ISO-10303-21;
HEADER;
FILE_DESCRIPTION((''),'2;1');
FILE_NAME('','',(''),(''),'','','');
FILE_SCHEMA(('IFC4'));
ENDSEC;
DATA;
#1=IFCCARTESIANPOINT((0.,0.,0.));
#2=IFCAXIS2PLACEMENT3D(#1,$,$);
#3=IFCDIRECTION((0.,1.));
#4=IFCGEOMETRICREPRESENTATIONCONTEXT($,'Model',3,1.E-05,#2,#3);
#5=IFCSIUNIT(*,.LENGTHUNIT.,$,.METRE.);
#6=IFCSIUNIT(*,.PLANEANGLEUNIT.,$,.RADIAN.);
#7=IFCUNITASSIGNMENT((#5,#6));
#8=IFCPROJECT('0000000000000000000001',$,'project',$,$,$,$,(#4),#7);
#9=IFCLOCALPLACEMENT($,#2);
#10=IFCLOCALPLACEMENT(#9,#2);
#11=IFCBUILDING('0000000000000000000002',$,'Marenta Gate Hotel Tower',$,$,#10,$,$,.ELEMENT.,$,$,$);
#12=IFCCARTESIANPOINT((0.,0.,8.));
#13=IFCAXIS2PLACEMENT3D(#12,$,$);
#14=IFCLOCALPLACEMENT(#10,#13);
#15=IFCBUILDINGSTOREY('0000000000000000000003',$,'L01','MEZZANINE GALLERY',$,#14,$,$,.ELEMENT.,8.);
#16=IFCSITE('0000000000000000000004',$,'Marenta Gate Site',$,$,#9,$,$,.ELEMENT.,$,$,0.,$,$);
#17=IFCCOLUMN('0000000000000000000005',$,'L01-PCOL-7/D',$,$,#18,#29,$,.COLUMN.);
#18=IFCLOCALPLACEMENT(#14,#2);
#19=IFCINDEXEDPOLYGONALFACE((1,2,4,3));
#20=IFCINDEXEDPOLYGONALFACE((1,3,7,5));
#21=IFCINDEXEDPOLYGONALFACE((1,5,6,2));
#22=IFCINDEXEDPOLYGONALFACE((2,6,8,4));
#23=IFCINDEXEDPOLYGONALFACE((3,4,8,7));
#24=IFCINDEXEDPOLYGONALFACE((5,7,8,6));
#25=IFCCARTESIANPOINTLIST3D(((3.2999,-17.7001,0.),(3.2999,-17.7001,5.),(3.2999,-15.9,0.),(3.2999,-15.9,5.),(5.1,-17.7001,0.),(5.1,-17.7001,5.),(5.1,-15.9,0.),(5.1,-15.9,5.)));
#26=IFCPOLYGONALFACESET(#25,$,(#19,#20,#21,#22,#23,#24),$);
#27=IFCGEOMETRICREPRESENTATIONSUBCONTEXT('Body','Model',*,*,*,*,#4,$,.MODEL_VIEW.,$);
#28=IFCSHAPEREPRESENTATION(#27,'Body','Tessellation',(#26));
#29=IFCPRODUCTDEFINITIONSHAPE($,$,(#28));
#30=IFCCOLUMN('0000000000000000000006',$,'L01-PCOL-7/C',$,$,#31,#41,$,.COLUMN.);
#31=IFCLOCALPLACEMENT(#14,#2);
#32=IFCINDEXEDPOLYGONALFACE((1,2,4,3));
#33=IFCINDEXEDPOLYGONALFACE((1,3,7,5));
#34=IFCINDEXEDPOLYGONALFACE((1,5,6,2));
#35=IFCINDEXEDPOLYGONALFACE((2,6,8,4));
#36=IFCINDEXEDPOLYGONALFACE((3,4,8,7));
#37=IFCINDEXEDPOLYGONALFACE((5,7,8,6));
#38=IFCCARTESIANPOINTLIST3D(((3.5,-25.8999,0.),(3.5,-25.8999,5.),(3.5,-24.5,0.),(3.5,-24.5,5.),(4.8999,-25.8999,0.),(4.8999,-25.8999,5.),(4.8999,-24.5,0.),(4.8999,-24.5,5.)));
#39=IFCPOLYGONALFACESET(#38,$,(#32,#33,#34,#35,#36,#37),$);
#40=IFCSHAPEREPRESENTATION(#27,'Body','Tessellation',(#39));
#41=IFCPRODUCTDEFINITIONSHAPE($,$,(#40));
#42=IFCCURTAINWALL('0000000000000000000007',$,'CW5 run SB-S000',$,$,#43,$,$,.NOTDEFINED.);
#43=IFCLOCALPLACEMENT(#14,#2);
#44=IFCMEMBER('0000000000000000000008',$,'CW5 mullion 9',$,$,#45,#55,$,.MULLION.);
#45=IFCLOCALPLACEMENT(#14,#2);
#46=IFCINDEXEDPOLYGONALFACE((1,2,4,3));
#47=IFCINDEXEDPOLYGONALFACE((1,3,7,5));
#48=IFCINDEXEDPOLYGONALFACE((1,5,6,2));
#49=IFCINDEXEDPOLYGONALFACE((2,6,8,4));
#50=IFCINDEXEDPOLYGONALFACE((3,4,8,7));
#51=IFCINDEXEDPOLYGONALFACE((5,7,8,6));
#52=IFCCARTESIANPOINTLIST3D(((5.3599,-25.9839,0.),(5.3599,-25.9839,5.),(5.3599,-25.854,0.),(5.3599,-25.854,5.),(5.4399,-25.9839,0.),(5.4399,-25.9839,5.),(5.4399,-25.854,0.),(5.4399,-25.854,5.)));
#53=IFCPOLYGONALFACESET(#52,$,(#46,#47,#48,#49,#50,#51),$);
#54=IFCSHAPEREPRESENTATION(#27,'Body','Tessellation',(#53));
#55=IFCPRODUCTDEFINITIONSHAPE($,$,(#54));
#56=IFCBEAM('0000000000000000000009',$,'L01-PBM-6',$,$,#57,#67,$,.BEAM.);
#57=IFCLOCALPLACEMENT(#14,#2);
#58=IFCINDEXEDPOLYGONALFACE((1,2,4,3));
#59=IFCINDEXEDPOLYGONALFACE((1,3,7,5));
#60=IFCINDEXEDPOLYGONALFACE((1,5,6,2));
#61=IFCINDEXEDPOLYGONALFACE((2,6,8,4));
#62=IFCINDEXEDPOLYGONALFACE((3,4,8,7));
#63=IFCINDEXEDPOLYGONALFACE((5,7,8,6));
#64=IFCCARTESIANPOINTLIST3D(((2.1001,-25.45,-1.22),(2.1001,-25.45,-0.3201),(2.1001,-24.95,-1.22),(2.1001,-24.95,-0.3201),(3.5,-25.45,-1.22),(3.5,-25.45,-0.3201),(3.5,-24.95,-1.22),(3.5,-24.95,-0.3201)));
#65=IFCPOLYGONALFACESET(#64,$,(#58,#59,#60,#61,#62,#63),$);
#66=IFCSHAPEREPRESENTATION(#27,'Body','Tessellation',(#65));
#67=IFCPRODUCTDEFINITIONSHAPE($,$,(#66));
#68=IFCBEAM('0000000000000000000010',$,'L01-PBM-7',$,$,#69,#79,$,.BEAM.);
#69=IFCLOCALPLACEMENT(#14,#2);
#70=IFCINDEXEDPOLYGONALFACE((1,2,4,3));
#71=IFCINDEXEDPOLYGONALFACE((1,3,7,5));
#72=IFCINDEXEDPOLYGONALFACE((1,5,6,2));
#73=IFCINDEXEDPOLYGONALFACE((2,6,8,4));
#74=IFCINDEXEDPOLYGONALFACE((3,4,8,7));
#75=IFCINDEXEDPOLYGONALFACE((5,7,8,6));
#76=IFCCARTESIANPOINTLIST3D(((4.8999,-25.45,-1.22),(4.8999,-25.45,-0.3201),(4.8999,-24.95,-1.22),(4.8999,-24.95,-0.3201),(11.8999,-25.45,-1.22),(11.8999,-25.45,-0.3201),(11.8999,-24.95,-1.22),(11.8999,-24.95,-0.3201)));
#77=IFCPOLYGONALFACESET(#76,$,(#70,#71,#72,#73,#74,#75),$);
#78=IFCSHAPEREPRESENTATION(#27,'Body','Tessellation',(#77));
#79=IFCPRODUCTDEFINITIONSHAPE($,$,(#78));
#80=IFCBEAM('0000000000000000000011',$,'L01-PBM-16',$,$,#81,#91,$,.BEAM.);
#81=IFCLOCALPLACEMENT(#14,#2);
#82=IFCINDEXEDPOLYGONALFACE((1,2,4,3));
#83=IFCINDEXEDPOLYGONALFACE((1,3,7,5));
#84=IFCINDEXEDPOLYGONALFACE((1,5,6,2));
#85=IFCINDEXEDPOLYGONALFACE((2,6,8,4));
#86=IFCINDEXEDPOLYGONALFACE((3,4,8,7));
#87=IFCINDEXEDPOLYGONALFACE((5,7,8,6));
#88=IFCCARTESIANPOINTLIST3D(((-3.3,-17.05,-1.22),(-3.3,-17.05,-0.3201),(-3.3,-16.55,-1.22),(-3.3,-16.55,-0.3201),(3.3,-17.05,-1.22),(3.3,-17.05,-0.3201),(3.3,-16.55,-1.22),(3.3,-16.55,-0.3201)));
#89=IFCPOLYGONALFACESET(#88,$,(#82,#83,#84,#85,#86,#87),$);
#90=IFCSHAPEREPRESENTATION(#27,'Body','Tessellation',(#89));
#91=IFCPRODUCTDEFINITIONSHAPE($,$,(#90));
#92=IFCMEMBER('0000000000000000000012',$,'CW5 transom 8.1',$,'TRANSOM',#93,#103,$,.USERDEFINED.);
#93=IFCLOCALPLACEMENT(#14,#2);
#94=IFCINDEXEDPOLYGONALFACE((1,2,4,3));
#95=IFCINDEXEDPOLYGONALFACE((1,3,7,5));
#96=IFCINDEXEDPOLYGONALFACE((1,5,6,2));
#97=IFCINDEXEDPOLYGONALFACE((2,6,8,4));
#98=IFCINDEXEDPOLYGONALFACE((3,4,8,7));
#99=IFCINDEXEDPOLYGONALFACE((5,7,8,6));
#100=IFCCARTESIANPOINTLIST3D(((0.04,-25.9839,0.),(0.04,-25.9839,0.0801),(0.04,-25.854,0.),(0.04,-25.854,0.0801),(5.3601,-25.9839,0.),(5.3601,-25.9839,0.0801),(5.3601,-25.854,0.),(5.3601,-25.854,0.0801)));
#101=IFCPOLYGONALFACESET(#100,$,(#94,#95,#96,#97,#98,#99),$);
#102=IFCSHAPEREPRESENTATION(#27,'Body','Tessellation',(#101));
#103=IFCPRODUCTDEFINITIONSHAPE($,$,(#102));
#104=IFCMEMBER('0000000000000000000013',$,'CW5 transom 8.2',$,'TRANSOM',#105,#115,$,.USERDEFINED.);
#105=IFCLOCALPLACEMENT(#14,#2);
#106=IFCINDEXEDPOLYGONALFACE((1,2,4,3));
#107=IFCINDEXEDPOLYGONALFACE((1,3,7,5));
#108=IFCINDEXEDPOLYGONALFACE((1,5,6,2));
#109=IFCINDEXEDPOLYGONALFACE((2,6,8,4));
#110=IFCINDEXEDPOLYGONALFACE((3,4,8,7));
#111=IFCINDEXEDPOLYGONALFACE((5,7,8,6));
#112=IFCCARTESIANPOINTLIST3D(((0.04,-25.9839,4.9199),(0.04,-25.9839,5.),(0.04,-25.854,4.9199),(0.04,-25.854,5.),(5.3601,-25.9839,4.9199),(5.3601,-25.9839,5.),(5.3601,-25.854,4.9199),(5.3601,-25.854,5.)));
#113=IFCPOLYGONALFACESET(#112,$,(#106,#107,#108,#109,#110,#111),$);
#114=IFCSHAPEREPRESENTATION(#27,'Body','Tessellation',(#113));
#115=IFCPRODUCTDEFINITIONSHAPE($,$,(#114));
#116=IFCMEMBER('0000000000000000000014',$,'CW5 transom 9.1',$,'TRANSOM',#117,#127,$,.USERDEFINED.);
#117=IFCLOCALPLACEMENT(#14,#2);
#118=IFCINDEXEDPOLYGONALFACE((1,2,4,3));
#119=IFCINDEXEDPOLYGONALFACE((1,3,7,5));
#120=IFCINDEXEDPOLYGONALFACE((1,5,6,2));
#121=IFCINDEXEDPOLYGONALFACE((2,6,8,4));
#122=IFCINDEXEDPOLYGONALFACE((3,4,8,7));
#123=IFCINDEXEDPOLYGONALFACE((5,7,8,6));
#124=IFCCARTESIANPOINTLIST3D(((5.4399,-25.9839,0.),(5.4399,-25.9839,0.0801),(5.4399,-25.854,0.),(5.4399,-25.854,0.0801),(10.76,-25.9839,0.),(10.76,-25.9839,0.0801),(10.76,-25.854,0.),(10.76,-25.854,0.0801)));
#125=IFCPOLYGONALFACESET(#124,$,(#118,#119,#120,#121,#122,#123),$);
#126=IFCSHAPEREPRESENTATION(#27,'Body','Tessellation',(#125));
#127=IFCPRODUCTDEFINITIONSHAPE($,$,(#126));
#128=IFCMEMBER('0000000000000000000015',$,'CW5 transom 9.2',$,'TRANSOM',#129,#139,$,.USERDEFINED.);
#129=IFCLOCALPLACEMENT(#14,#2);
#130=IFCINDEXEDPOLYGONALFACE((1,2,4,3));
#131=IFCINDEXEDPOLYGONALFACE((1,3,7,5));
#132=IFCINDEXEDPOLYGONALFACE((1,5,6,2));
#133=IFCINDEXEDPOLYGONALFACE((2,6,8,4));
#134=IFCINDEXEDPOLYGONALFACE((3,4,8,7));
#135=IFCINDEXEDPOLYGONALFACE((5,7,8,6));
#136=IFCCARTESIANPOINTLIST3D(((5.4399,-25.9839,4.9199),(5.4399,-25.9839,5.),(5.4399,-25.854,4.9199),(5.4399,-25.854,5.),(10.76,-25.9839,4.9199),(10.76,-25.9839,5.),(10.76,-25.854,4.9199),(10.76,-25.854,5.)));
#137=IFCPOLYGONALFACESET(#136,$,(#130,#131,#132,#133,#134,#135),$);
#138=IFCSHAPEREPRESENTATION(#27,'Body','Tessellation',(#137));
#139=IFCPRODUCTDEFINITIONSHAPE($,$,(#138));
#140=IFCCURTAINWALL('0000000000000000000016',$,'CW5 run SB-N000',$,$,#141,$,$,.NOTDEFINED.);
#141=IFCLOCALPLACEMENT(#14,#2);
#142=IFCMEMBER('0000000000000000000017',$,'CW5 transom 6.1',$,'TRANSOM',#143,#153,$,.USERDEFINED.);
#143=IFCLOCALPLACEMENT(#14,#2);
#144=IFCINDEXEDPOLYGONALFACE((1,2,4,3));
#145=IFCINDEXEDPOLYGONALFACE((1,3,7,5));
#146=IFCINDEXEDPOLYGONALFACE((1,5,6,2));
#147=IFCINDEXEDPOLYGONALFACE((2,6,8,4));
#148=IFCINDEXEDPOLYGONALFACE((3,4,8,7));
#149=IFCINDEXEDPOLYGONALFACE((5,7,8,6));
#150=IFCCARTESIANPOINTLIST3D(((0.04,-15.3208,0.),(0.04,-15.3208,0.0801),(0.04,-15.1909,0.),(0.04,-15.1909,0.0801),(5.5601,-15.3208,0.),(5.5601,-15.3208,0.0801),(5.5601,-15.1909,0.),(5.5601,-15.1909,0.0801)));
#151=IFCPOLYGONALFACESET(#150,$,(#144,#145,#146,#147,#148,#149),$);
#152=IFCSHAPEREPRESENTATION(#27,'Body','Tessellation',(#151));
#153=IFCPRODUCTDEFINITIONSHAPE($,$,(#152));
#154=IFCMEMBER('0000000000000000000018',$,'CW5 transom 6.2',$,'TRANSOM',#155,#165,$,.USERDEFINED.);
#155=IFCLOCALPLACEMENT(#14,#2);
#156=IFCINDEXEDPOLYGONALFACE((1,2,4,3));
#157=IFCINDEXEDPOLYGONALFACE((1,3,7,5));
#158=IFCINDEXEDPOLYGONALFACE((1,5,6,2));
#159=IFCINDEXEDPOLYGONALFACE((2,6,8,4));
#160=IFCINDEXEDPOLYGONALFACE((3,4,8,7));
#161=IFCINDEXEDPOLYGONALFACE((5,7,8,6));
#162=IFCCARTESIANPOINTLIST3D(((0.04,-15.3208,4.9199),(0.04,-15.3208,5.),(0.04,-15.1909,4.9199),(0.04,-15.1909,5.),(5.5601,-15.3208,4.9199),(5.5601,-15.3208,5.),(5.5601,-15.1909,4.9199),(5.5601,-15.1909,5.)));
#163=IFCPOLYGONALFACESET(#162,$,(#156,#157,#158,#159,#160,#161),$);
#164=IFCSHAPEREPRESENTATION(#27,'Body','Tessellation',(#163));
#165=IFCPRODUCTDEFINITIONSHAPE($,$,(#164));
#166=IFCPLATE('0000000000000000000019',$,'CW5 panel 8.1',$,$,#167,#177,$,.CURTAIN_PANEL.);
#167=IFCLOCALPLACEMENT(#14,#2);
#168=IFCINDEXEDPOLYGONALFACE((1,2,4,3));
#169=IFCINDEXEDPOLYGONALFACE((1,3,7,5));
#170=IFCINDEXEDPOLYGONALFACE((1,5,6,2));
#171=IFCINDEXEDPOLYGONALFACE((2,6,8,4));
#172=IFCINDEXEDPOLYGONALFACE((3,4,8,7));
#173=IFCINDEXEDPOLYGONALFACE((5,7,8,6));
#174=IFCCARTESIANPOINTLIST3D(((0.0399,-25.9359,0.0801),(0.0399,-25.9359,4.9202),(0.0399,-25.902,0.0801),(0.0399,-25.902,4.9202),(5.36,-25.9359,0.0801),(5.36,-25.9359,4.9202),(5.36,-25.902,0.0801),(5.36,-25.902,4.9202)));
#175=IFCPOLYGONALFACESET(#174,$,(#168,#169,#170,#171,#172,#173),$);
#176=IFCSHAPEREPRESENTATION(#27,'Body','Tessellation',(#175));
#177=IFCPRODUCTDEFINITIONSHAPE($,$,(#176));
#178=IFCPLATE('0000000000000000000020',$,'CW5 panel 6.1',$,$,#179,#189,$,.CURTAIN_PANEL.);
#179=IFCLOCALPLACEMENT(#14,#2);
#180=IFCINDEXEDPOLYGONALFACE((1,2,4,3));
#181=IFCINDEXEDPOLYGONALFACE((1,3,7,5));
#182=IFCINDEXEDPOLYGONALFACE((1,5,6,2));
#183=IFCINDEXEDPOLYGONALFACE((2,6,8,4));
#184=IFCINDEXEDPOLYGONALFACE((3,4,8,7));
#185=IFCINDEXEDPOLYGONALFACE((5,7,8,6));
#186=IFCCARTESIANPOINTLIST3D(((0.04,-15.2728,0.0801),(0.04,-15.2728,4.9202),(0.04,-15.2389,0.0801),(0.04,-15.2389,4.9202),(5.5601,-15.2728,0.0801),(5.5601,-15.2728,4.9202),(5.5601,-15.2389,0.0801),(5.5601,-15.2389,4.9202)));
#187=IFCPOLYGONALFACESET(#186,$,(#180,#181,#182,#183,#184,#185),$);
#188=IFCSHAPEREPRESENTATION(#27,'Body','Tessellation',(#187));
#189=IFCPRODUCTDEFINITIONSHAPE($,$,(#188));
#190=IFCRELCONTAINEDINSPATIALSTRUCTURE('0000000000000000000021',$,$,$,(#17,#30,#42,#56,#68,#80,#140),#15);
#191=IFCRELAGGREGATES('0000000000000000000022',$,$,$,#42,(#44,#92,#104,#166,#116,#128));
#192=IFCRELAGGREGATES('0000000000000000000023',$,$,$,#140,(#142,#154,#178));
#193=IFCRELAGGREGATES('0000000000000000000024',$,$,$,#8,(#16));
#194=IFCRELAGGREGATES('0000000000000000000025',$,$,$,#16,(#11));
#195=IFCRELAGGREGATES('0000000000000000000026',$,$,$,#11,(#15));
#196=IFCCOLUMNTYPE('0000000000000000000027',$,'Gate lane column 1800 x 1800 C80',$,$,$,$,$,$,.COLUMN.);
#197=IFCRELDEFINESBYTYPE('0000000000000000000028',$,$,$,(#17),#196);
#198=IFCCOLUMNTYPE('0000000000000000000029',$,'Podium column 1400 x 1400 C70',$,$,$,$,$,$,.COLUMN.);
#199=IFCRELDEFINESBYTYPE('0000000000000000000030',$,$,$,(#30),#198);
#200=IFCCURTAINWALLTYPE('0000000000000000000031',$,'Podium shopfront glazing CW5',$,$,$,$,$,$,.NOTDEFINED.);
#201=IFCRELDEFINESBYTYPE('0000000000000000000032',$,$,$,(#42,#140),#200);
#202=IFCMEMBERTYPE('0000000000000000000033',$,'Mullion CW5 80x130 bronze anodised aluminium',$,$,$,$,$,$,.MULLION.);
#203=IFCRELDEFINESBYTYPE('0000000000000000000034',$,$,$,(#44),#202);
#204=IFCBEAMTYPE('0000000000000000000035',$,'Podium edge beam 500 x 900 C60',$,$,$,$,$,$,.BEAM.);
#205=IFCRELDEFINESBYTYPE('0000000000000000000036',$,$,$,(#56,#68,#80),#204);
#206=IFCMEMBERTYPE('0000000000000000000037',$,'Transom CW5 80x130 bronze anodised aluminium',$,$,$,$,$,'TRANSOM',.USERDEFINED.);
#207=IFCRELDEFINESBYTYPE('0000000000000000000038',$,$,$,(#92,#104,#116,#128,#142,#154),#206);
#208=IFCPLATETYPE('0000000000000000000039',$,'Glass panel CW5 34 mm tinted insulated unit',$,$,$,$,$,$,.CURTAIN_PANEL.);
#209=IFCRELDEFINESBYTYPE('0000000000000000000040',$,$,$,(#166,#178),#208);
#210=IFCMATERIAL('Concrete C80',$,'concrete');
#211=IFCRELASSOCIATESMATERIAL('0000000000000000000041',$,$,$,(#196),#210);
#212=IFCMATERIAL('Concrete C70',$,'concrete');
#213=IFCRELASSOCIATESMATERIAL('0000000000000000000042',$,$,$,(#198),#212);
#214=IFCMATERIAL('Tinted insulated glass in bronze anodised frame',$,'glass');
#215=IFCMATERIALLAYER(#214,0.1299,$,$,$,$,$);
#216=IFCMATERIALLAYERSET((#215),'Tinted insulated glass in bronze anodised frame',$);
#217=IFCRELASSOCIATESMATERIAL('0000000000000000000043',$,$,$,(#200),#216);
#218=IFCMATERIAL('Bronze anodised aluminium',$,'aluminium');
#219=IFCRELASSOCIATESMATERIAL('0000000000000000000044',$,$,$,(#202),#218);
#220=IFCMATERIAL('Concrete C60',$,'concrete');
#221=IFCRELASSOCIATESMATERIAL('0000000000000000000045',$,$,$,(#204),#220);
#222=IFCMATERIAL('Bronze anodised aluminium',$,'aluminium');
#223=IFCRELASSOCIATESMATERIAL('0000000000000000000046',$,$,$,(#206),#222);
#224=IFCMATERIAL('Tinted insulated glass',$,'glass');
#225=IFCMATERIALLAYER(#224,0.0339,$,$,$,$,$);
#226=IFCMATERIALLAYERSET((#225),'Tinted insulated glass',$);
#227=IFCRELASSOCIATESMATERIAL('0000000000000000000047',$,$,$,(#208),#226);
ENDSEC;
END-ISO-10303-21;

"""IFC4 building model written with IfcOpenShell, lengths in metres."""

from ifc_helpers import new_model, si_unit, direction, frame, origin, origin_2d, place, context, subcontext, project, spatial, rectangle, extrude, material, layer, layer_set, material_profile, profile_set, type_object, element, aggregate, save


model = new_model("IFC4")

# Units and contexts
model_context = context("Model", 3, precision=1e-05, world=origin(), true_north=direction((0.0, 1.0)))
body_context = subcontext(model_context, "Body", "Model", "MODEL_VIEW")
ifc_project = project(units=[si_unit("LENGTHUNIT", "METRE"), si_unit("PLANEANGLEUNIT", "RADIAN")], contexts=[model_context])

# Site, building, storey
site_placement = place(None, origin())
site = spatial("IfcSite", under=ifc_project, at=site_placement, Name="Marenta Gate Site", CompositionType="ELEMENT", RefElevation=0.0)
building_placement = place(site_placement, origin())
building = spatial("IfcBuilding", under=site, at=building_placement, Name="Marenta Gate Hotel Tower", CompositionType="ELEMENT")
storey_placement = place(building_placement, frame((0.0, 0.0, 8.0)))
storey = spatial("IfcBuildingStorey", under=building, at=storey_placement, Name="L01", Description="MEZZANINE GALLERY", CompositionType="ELEMENT", Elevation=8.0)

# Columns
ifc_material_1 = material(Name="Concrete C80", Category="concrete")
ifc_material_profile_1 = material_profile(ifc_material_1, rectangle(XDim=1.8, YDim=1.8, at=origin_2d()), Name="1800 x 1800")
ifc_profile_set_1 = profile_set([ifc_material_profile_1], Name="Concrete C80")
column_type_1 = type_object("IfcColumnType", Name="Gate lane column 1800 x 1800 C80", PredefinedType="COLUMN", material=ifc_profile_set_1)
column_1_placement = place(storey_placement, frame((4.2, -16.8, 0.0), z_axis=(0.0, 0.0, 1.0), x_axis=(1.0, 0.0, 0.0)))
element("IfcColumn", 1, at=column_1_placement, inside=storey, type_object=column_type_1, Name="L01-PCOL-7/D", PredefinedType="COLUMN", context=body_context, shape_type="SweptSolid", body=[
    extrude(rectangle(XDim=1.8, YDim=1.8, at=origin_2d()), origin(), (0.0, 0.0, 1.0), 5.0),
])
ifc_material_2 = material(Name="Concrete C70", Category="concrete")
ifc_material_profile_2 = material_profile(ifc_material_2, rectangle(XDim=1.3999, YDim=1.3999, at=origin_2d()), Name="1400 x 1400")
ifc_profile_set_2 = profile_set([ifc_material_profile_2], Name="Concrete C70")
column_type_2 = type_object("IfcColumnType", Name="Podium column 1400 x 1400 C70", PredefinedType="COLUMN", material=ifc_profile_set_2)
column_2_placement = place(storey_placement, frame((4.2, -25.2, 0.0), z_axis=(0.0, 0.0, 1.0), x_axis=(1.0, 0.0, 0.0)))
element("IfcColumn", 2, at=column_2_placement, inside=storey, type_object=column_type_2, Name="L01-PCOL-7/C", PredefinedType="COLUMN", context=body_context, shape_type="SweptSolid", body=[
    extrude(rectangle(XDim=1.3999, YDim=1.3999, at=origin_2d()), origin(), (0.0, 0.0, 1.0), 5.0),
])

# Curtain wall, member
ifc_material_3 = material(Name="Tinted insulated glass in bronze anodised frame", Category="glass")
ifc_layer_1 = layer(ifc_material_3, 0.1299)
ifc_layer_set_1 = layer_set([ifc_layer_1], Name="Tinted insulated glass in bronze anodised frame")
curtain_wall_type = type_object("IfcCurtainWallType", Name="Podium shopfront glazing CW5", PredefinedType="NOTDEFINED", material=ifc_layer_set_1)
curtain_wall_1_placement = place(storey_placement, origin())
curtain_wall_1 = element("IfcCurtainWall", 3, at=curtain_wall_1_placement, inside=storey, type_object=curtain_wall_type, Name="CW5 run SB-S000", PredefinedType="NOTDEFINED")
ifc_material_4 = material(Name="Bronze anodised aluminium", Category="aluminium")
ifc_material_profile_3 = material_profile(ifc_material_4, rectangle(XDim=0.1299, YDim=0.0801, at=origin_2d()), Name="Mullion CW5 80x130 bronze anodised aluminium")
ifc_profile_set_3 = profile_set([ifc_material_profile_3], Name="Bronze anodised aluminium")
member_type_1 = type_object("IfcMemberType", Name="Mullion CW5 80x130 bronze anodised aluminium", PredefinedType="MULLION", material=ifc_profile_set_3)
member_1_placement = place(storey_placement, frame((5.3999, -25.9189, 0.0), z_axis=(0.0, 0.0, 1.0), x_axis=(0.0, 1.0, 0.0)))
member_1 = element("IfcMember", 4, at=member_1_placement, type_object=member_type_1, Name="CW5 mullion 9", PredefinedType="MULLION", context=body_context, shape_type="SweptSolid", body=[
    extrude(rectangle(XDim=0.1299, YDim=0.0801, at=origin_2d()), origin(), (0.0, 0.0, 1.0), 5.0),
])

# Beams
ifc_material_5 = material(Name="Concrete C60", Category="concrete")
ifc_material_profile_4 = material_profile(ifc_material_5, rectangle(XDim=0.5, YDim=0.8999, at=origin_2d()), Name="500 x 900")
ifc_profile_set_4 = profile_set([ifc_material_profile_4], Name="Concrete C60")
beam_type = type_object("IfcBeamType", Name="Podium edge beam 500 x 900 C60", PredefinedType="BEAM", material=ifc_profile_set_4)
beam_1_placement = place(storey_placement, frame((2.1001, -25.2, -0.77), z_axis=(1.0, 0.0, 0.0), x_axis=(0.0, 1.0, 0.0)))
element("IfcBeam", 5, at=beam_1_placement, inside=storey, type_object=beam_type, Name="L01-PBM-6", PredefinedType="BEAM", context=body_context, shape_type="SweptSolid", body=[
    extrude(rectangle(XDim=0.5, YDim=0.8999, at=origin_2d()), origin(), (0.0, 0.0, 1.0), 1.3999),
])
beam_2_placement = place(storey_placement, frame((4.8999, -25.2, -0.77), z_axis=(1.0, 0.0, 0.0), x_axis=(0.0, 1.0, 0.0)))
element("IfcBeam", 6, at=beam_2_placement, inside=storey, type_object=beam_type, Name="L01-PBM-7", PredefinedType="BEAM", context=body_context, shape_type="SweptSolid", body=[
    extrude(rectangle(XDim=0.5, YDim=0.8999, at=origin_2d()), origin(), (0.0, 0.0, 1.0), 7.0),
])
beam_3_placement = place(storey_placement, frame((3.3, -16.8, -0.77), z_axis=(-1.0, 0.0, 0.0), x_axis=(0.0, -1.0, 0.0)))
element("IfcBeam", 7, at=beam_3_placement, inside=storey, type_object=beam_type, Name="L01-PBM-16", PredefinedType="BEAM", context=body_context, shape_type="SweptSolid", body=[
    extrude(rectangle(XDim=0.5, YDim=0.8999, at=origin_2d()), origin(), (0.0, 0.0, 1.0), 6.6001),
])

# Members
ifc_material_6 = material(Name="Bronze anodised aluminium", Category="aluminium")
ifc_material_profile_5 = material_profile(ifc_material_6, rectangle(XDim=0.1299, YDim=0.0801, at=origin_2d()), Name="Transom CW5 80x130 bronze anodised aluminium")
ifc_profile_set_5 = profile_set([ifc_material_profile_5], Name="Bronze anodised aluminium")
member_type_2 = type_object("IfcMemberType", Name="Transom CW5 80x130 bronze anodised aluminium", ElementType="TRANSOM", PredefinedType="USERDEFINED", material=ifc_profile_set_5)
member_2_placement = place(storey_placement, frame((0.04, -25.9189, 0.04), z_axis=(1.0, 0.0, 0.0), x_axis=(0.0, 1.0, 0.0)))
member_2 = element("IfcMember", 8, at=member_2_placement, type_object=member_type_2, Name="CW5 transom 8.1", ObjectType="TRANSOM", PredefinedType="USERDEFINED", context=body_context, shape_type="SweptSolid", body=[
    extrude(rectangle(XDim=0.1299, YDim=0.0801, at=origin_2d()), origin(), (0.0, 0.0, 1.0), 5.3201),
])
member_3_placement = place(storey_placement, frame((0.04, -25.9189, 4.96), z_axis=(1.0, 0.0, 0.0), x_axis=(0.0, 1.0, 0.0)))
member_3 = element("IfcMember", 9, at=member_3_placement, type_object=member_type_2, Name="CW5 transom 8.2", ObjectType="TRANSOM", PredefinedType="USERDEFINED", context=body_context, shape_type="SweptSolid", body=[
    extrude(rectangle(XDim=0.1299, YDim=0.0801, at=origin_2d()), origin(), (0.0, 0.0, 1.0), 5.3201),
])
member_4_placement = place(storey_placement, frame((5.4399, -25.9189, 0.04), z_axis=(1.0, 0.0, 0.0), x_axis=(0.0, 1.0, 0.0)))
member_4 = element("IfcMember", 10, at=member_4_placement, type_object=member_type_2, Name="CW5 transom 9.1", ObjectType="TRANSOM", PredefinedType="USERDEFINED", context=body_context, shape_type="SweptSolid", body=[
    extrude(rectangle(XDim=0.1299, YDim=0.0801, at=origin_2d()), origin(), (0.0, 0.0, 1.0), 5.3201),
])
member_5_placement = place(storey_placement, frame((5.4399, -25.9189, 4.96), z_axis=(1.0, 0.0, 0.0), x_axis=(0.0, 1.0, 0.0)))
member_5 = element("IfcMember", 11, at=member_5_placement, type_object=member_type_2, Name="CW5 transom 9.2", ObjectType="TRANSOM", PredefinedType="USERDEFINED", context=body_context, shape_type="SweptSolid", body=[
    extrude(rectangle(XDim=0.1299, YDim=0.0801, at=origin_2d()), origin(), (0.0, 0.0, 1.0), 5.3201),
])

# Curtain wall, members
curtain_wall_2_placement = place(storey_placement, origin())
curtain_wall_2 = element("IfcCurtainWall", 12, at=curtain_wall_2_placement, inside=storey, type_object=curtain_wall_type, Name="CW5 run SB-N000", PredefinedType="NOTDEFINED")
member_6_placement = place(storey_placement, frame((5.5601, -15.2559, 0.04), z_axis=(-1.0, 0.0, 0.0), x_axis=(0.0, -1.0, 0.0)))
member_6 = element("IfcMember", 13, at=member_6_placement, type_object=member_type_2, Name="CW5 transom 6.1", ObjectType="TRANSOM", PredefinedType="USERDEFINED", context=body_context, shape_type="SweptSolid", body=[
    extrude(rectangle(XDim=0.1299, YDim=0.0801, at=origin_2d()), origin(), (0.0, 0.0, 1.0), 5.52),
])
member_7_placement = place(storey_placement, frame((5.5601, -15.2559, 4.96), z_axis=(-1.0, 0.0, 0.0), x_axis=(0.0, -1.0, 0.0)))
member_7 = element("IfcMember", 14, at=member_7_placement, type_object=member_type_2, Name="CW5 transom 6.2", ObjectType="TRANSOM", PredefinedType="USERDEFINED", context=body_context, shape_type="SweptSolid", body=[
    extrude(rectangle(XDim=0.1299, YDim=0.0801, at=origin_2d()), origin(), (0.0, 0.0, 1.0), 5.52),
])

# Plates
ifc_material_7 = material(Name="Tinted insulated glass", Category="glass")
ifc_layer_2 = layer(ifc_material_7, 0.0339)
ifc_layer_set_2 = layer_set([ifc_layer_2], Name="Tinted insulated glass")
plate_type = type_object("IfcPlateType", Name="Glass panel CW5 34 mm tinted insulated unit", PredefinedType="CURTAIN_PANEL", material=ifc_layer_set_2)
plate_1_placement = place(storey_placement, frame((2.7, -25.9189, 0.0801), z_axis=(0.0, 0.0, 1.0), x_axis=(1.0, 0.0, 0.0)))
plate_1 = element("IfcPlate", 15, at=plate_1_placement, type_object=plate_type, Name="CW5 panel 8.1", PredefinedType="CURTAIN_PANEL", context=body_context, shape_type="SweptSolid", body=[
    extrude(rectangle(XDim=5.3201, YDim=0.0339, at=origin_2d()), origin(), (0.0, 0.0, 1.0), 4.8401),
])
aggregate(curtain_wall_1, [member_1, member_2, member_3, plate_1, member_4, member_5])
plate_2_placement = place(storey_placement, frame((2.8, -15.2559, 0.0801), z_axis=(0.0, 0.0, 1.0), x_axis=(-1.0, 0.0, 0.0)))
plate_2 = element("IfcPlate", 16, at=plate_2_placement, type_object=plate_type, Name="CW5 panel 6.1", PredefinedType="CURTAIN_PANEL", context=body_context, shape_type="SweptSolid", body=[
    extrude(rectangle(XDim=5.52, YDim=0.0339, at=origin_2d()), origin(), (0.0, 0.0, 1.0), 4.8401),
])
aggregate(curtain_wall_2, [member_6, member_7, plate_2])

save(model, "model.ifc")
